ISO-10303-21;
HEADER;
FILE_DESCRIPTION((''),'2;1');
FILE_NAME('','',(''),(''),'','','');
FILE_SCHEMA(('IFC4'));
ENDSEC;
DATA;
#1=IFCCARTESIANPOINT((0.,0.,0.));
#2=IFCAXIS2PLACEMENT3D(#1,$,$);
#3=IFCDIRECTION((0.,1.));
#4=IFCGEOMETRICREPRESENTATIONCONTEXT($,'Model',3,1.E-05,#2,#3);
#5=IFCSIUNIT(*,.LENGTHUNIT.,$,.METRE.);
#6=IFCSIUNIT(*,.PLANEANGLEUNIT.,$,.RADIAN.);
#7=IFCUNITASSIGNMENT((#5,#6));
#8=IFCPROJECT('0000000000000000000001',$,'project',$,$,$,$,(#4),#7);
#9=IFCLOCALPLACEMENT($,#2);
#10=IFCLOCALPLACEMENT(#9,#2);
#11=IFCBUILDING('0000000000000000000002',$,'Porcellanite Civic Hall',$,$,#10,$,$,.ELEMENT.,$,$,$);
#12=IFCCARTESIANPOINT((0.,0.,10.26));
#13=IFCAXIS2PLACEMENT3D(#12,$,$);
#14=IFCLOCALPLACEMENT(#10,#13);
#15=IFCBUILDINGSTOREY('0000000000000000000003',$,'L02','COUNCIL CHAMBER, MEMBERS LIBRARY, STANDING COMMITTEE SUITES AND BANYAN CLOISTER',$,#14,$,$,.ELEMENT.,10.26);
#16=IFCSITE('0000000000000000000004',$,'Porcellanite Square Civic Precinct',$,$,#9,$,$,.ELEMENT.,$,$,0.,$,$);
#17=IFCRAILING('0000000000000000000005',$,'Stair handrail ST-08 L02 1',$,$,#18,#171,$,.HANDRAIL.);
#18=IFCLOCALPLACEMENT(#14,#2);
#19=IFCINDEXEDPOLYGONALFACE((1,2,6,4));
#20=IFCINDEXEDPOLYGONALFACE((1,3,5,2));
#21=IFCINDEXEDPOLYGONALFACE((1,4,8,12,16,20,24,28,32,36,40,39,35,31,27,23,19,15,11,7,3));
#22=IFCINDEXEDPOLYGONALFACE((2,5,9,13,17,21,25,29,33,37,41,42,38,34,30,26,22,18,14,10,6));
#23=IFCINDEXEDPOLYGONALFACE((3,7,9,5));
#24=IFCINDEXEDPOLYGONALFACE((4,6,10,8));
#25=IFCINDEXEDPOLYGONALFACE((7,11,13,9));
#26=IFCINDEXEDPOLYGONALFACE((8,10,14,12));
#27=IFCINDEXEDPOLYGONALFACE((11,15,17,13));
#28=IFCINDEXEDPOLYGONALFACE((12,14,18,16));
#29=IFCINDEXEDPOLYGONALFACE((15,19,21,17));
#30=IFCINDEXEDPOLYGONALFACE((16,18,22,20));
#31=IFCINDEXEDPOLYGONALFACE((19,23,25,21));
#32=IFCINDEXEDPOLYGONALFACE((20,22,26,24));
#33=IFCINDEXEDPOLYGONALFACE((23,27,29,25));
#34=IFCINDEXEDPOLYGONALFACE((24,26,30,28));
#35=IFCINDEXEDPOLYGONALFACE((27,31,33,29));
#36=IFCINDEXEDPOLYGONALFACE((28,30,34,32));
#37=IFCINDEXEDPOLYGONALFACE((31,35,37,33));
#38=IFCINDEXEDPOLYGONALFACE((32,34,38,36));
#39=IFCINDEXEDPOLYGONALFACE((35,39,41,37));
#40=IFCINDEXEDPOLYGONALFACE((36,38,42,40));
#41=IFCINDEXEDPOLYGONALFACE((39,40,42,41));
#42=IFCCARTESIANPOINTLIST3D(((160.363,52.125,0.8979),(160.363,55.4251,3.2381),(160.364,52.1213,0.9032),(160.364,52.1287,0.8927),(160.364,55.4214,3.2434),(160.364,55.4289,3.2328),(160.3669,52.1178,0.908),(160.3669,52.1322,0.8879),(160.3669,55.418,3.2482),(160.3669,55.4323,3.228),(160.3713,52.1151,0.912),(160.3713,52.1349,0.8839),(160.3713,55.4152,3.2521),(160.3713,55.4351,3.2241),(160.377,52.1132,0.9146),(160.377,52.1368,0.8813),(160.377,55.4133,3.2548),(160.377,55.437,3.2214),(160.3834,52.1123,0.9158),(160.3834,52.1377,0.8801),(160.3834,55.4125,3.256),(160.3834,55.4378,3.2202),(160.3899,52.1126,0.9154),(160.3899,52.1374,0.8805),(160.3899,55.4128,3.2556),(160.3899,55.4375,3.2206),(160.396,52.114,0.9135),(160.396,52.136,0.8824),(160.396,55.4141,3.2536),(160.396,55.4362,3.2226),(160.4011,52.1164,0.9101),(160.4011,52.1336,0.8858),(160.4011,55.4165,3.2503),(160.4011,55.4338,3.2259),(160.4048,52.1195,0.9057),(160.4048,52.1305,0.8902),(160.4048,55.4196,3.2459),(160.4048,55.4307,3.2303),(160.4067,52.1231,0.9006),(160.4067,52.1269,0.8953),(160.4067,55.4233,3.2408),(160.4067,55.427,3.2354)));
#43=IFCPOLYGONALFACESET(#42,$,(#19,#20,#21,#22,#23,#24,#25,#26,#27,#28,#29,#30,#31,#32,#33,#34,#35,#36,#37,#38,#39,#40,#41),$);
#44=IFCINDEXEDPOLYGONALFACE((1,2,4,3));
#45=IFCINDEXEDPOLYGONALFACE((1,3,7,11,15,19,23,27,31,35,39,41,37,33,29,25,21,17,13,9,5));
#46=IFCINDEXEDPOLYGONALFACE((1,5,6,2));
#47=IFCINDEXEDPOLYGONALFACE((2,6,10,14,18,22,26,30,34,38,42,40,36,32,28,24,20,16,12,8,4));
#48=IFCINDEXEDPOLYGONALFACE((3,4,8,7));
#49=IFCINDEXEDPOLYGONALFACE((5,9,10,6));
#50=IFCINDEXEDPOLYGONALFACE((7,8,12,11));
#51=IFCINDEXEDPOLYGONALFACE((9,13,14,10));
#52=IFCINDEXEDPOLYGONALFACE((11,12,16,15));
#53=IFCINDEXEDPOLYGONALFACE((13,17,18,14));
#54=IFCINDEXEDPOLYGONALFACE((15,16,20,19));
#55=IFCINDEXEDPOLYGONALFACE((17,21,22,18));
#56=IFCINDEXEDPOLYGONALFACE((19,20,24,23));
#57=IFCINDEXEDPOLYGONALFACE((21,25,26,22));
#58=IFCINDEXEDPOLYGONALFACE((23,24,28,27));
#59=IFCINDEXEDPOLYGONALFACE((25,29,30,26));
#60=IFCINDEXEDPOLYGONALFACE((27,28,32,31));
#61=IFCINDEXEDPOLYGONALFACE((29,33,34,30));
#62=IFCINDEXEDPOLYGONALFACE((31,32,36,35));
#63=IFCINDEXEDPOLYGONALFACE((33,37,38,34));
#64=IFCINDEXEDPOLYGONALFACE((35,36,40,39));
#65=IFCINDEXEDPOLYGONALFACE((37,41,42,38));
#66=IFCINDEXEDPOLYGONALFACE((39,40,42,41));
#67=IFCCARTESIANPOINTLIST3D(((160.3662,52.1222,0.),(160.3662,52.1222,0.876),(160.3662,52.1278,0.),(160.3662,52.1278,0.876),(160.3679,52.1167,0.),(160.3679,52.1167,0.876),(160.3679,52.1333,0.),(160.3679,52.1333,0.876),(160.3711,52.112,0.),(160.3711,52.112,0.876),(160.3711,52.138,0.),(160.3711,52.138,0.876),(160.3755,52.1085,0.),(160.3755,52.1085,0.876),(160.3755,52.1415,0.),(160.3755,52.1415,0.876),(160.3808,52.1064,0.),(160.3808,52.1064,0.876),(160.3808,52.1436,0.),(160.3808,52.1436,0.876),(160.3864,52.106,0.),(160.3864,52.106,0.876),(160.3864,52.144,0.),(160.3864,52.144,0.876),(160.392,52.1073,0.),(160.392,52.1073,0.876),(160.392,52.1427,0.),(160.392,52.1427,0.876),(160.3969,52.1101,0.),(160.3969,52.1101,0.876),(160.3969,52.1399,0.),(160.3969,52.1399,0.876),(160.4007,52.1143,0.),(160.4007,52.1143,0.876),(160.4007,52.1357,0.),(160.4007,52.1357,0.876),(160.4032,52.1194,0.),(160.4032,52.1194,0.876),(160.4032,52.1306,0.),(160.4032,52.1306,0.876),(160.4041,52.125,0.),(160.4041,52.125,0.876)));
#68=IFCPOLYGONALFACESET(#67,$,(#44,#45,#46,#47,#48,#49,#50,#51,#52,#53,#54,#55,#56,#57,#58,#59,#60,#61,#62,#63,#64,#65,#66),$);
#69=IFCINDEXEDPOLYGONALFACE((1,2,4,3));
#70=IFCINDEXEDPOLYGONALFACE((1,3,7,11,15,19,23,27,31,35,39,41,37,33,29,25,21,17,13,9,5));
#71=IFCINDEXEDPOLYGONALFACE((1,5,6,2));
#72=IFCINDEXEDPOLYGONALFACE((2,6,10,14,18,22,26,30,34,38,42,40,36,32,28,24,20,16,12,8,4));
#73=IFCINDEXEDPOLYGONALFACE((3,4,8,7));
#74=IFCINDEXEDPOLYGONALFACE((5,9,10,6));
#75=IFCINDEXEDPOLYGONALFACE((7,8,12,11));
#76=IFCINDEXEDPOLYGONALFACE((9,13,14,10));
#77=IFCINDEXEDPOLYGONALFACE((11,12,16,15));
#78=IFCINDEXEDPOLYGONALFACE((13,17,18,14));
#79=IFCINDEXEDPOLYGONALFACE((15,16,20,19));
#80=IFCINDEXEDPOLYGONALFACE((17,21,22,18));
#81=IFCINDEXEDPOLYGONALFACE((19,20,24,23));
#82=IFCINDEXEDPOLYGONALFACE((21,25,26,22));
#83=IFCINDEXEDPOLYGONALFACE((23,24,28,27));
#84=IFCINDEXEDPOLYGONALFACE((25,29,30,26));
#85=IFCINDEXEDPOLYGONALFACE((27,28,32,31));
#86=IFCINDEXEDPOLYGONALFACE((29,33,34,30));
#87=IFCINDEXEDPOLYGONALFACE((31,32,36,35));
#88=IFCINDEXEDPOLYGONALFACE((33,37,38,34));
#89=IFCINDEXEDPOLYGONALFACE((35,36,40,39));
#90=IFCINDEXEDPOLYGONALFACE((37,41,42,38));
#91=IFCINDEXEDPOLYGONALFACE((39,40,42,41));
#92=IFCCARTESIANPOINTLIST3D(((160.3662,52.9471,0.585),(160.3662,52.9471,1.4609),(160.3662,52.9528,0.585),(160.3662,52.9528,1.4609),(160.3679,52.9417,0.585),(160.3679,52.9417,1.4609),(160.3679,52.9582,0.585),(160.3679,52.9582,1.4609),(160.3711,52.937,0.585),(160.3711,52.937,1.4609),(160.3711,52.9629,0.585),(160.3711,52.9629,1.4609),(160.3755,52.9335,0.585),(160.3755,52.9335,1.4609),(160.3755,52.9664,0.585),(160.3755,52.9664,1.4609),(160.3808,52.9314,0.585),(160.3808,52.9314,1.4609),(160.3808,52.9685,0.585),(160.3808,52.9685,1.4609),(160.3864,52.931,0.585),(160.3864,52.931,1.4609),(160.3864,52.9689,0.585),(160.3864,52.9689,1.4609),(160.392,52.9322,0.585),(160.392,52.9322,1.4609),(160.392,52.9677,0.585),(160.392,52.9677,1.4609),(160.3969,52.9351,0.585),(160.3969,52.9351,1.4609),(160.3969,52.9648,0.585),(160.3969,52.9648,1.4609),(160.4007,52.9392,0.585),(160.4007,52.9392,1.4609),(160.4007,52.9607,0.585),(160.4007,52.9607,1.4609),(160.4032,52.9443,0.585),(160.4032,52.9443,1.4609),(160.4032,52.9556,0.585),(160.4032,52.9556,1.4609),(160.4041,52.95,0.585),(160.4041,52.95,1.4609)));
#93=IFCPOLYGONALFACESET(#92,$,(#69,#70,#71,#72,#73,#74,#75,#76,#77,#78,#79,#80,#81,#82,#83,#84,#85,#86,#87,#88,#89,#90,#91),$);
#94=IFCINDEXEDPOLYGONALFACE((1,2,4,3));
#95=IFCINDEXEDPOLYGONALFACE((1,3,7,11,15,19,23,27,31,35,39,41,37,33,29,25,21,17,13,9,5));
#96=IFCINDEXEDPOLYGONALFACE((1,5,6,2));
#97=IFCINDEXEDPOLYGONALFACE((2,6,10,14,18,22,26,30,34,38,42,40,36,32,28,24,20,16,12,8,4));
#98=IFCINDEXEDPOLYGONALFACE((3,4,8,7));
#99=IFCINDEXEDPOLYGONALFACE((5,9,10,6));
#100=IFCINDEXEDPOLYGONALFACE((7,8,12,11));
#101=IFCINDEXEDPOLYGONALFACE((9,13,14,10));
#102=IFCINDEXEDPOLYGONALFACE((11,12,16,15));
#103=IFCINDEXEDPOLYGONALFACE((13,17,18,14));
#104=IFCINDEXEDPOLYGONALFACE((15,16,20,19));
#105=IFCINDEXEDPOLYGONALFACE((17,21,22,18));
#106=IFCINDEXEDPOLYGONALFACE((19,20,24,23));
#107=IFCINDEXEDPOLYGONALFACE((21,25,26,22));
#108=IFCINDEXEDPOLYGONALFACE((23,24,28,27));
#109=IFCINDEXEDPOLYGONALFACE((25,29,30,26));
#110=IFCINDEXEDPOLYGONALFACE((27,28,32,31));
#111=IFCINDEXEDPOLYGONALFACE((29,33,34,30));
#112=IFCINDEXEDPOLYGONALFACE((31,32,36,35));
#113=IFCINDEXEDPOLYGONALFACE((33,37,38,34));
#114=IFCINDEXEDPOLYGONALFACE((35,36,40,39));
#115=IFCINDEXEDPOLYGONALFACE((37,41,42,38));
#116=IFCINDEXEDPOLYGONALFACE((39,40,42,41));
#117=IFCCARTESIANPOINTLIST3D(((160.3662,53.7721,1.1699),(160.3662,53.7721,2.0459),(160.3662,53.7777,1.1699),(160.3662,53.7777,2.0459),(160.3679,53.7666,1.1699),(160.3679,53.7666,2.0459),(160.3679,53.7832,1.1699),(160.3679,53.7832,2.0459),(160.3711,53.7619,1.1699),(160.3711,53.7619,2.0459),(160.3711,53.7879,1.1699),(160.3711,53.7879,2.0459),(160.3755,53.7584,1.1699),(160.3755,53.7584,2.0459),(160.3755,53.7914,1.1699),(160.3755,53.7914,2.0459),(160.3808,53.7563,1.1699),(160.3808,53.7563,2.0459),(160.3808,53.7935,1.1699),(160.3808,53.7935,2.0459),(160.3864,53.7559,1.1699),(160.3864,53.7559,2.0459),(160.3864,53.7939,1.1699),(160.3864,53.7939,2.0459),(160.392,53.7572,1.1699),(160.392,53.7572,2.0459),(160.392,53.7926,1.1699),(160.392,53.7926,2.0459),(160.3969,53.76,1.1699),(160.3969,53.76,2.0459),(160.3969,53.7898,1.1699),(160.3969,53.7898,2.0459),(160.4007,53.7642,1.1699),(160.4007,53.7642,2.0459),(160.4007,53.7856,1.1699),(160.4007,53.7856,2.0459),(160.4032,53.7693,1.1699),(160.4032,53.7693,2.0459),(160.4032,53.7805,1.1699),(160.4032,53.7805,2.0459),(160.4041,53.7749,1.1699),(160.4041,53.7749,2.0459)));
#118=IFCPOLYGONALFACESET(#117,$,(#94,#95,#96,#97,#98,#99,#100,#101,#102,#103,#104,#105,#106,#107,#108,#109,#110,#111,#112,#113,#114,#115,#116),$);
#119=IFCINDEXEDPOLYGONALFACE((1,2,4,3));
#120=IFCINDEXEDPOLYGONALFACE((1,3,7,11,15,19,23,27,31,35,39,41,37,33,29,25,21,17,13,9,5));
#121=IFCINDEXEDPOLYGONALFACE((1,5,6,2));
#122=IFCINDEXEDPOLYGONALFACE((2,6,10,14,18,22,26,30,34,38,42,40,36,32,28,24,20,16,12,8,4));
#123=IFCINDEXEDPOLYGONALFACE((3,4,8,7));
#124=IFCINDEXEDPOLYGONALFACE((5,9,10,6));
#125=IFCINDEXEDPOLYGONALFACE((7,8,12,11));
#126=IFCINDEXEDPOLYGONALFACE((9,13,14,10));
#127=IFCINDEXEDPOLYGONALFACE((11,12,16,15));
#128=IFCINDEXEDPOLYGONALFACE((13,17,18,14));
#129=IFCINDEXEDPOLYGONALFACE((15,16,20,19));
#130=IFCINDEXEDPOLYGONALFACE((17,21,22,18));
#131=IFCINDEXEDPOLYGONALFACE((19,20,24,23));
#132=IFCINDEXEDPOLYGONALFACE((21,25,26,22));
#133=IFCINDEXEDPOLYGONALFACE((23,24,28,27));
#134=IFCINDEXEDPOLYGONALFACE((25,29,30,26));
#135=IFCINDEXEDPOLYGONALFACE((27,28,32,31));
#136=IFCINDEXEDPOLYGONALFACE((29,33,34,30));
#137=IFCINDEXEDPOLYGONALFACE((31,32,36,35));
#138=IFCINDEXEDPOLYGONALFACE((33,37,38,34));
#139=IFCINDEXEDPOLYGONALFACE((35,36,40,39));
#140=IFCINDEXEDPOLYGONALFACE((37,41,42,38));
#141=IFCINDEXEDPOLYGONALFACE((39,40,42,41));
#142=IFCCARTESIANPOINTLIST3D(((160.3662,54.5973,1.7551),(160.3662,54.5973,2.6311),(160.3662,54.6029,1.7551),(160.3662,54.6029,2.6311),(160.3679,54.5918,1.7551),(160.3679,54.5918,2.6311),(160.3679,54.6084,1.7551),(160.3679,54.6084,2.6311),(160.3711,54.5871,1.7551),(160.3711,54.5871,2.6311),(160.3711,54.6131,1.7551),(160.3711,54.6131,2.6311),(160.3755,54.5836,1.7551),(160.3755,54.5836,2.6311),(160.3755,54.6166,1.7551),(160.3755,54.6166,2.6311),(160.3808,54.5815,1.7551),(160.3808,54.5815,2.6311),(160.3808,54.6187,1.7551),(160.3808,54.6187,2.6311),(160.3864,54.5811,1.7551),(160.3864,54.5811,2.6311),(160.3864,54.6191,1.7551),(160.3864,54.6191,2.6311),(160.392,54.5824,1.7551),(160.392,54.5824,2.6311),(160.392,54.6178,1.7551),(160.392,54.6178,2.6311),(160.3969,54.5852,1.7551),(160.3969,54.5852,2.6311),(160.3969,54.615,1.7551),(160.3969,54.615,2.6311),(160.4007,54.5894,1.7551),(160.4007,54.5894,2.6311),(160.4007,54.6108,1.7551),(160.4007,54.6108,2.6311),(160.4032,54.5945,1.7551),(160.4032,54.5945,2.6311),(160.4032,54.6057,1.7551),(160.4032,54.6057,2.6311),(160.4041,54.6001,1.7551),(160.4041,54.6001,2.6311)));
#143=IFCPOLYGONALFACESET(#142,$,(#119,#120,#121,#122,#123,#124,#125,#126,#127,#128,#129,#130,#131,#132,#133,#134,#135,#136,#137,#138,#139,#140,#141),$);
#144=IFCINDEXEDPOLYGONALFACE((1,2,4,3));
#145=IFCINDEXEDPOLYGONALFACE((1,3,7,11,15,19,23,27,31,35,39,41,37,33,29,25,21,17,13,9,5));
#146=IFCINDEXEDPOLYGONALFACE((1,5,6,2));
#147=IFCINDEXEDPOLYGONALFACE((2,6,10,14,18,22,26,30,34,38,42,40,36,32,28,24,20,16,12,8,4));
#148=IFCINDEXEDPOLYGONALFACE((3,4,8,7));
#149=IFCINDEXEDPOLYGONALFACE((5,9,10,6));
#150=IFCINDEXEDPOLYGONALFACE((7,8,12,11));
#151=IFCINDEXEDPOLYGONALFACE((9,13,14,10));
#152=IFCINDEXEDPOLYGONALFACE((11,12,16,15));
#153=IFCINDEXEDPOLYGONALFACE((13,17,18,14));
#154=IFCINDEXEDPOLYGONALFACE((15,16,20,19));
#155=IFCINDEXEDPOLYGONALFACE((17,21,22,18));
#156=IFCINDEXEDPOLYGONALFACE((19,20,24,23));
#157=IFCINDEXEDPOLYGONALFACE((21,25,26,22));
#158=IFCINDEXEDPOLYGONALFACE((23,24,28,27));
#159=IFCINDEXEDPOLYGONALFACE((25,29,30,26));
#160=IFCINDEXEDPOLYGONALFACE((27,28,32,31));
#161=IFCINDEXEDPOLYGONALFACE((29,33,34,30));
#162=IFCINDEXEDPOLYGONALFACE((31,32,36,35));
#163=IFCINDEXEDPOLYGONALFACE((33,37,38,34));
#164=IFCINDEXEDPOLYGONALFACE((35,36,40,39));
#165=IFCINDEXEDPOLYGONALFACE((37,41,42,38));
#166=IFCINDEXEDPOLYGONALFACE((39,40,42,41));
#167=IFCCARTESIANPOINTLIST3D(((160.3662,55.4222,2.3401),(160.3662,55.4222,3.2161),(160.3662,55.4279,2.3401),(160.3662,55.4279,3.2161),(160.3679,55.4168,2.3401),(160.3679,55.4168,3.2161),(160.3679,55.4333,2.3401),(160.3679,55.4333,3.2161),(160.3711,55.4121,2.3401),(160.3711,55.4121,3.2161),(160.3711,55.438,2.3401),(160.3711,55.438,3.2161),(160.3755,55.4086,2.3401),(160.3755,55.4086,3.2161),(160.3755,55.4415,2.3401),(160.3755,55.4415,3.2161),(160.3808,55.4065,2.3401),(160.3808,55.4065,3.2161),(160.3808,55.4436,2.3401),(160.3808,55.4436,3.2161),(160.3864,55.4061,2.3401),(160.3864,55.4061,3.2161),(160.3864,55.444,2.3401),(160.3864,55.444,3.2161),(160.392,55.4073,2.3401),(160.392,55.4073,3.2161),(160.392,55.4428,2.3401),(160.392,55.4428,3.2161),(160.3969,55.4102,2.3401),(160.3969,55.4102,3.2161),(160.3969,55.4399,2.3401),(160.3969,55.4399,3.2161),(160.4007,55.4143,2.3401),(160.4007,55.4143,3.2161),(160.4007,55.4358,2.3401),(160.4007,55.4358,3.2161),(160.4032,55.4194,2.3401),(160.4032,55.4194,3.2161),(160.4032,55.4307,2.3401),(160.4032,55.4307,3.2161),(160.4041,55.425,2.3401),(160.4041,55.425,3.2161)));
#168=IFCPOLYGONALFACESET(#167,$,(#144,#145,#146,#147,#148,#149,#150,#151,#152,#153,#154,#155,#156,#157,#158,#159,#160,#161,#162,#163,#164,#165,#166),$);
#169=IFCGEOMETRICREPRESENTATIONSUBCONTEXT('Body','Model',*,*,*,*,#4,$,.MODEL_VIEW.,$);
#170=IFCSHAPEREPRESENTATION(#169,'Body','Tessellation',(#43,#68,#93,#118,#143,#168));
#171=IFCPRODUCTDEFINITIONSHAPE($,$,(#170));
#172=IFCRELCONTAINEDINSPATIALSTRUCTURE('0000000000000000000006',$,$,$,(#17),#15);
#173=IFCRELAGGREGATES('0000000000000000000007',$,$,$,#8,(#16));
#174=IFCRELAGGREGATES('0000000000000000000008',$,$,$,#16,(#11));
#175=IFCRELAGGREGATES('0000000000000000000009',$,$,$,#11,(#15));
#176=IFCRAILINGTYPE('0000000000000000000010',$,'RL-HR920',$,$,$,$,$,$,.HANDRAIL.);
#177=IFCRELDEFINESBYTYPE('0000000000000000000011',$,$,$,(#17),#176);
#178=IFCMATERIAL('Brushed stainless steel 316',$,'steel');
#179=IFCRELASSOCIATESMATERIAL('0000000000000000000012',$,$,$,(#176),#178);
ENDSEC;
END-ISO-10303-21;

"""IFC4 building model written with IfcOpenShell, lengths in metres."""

from ifc_helpers import new_model, si_unit, direction, frame, origin, origin_2d, place, context, subcontext, project, spatial, circle, extrude, material, type_object, element, save


model = new_model("IFC4")

# Units and contexts
model_context = context("Model", 3, precision=1e-05, world=origin(), true_north=direction((0.0, 1.0)))
body_context = subcontext(model_context, "Body", "Model", "MODEL_VIEW")
ifc_project = project(units=[si_unit("LENGTHUNIT", "METRE"), si_unit("PLANEANGLEUNIT", "RADIAN")], contexts=[model_context])

# Site, building, storey
site_placement = place(None, origin())
site = spatial("IfcSite", under=ifc_project, at=site_placement, Name="Porcellanite Square Civic Precinct", CompositionType="ELEMENT", RefElevation=0.0)
building_placement = place(site_placement, origin())
building = spatial("IfcBuilding", under=site, at=building_placement, Name="Porcellanite Civic Hall", CompositionType="ELEMENT")
storey_placement = place(building_placement, frame((0.0, 0.0, 10.26)))
storey = spatial("IfcBuildingStorey", under=building, at=storey_placement, Name="L02", Description="COUNCIL CHAMBER, MEMBERS LIBRARY, STANDING COMMITTEE SUITES AND BANYAN CLOISTER", CompositionType="ELEMENT", Elevation=10.26)

# Railing
ifc_material_1 = material(Name="Brushed stainless steel 316", Category="steel")
railing_type_1 = type_object("IfcRailingType", Name="RL-HR920", PredefinedType="HANDRAIL", material=ifc_material_1)
railing_1_placement = place(storey_placement, frame((160.385, 52.125, 0.0)))
element("IfcRailing", 1, at=railing_1_placement, inside=storey, type_object=railing_type_1, Name="Stair handrail ST-08 L02 1", PredefinedType="HANDRAIL", context=body_context, shape_type="SweptSolid", body=[
    extrude(circle(Radius=0.022, at=origin_2d()), frame((0.0, 0.0, 0.8979), z_axis=(0.0, 0.815727, 0.578438), x_axis=(-1.0, 0.0, 0.0)), (0.0, 0.0, 1.0), 4.0457),
    extrude(circle(Radius=0.019, at=origin_2d()), origin(), (0.0, 0.0, 1.0), 0.876),
    extrude(circle(Radius=0.019, at=origin_2d()), frame((0.0, 0.825, 0.585)), (0.0, 0.0, 1.0), 0.876),
    extrude(circle(Radius=0.019, at=origin_2d()), frame((0.0, 1.6499, 1.1699)), (0.0, 0.0, 1.0), 0.876),
    extrude(circle(Radius=0.019, at=origin_2d()), frame((0.0, 2.4751, 1.7551)), (0.0, 0.0, 1.0), 0.876),
    extrude(circle(Radius=0.019, at=origin_2d()), frame((0.0, 3.3, 2.3401)), (0.0, 0.0, 1.0), 0.876),
])

save(model, "model.ifc")
